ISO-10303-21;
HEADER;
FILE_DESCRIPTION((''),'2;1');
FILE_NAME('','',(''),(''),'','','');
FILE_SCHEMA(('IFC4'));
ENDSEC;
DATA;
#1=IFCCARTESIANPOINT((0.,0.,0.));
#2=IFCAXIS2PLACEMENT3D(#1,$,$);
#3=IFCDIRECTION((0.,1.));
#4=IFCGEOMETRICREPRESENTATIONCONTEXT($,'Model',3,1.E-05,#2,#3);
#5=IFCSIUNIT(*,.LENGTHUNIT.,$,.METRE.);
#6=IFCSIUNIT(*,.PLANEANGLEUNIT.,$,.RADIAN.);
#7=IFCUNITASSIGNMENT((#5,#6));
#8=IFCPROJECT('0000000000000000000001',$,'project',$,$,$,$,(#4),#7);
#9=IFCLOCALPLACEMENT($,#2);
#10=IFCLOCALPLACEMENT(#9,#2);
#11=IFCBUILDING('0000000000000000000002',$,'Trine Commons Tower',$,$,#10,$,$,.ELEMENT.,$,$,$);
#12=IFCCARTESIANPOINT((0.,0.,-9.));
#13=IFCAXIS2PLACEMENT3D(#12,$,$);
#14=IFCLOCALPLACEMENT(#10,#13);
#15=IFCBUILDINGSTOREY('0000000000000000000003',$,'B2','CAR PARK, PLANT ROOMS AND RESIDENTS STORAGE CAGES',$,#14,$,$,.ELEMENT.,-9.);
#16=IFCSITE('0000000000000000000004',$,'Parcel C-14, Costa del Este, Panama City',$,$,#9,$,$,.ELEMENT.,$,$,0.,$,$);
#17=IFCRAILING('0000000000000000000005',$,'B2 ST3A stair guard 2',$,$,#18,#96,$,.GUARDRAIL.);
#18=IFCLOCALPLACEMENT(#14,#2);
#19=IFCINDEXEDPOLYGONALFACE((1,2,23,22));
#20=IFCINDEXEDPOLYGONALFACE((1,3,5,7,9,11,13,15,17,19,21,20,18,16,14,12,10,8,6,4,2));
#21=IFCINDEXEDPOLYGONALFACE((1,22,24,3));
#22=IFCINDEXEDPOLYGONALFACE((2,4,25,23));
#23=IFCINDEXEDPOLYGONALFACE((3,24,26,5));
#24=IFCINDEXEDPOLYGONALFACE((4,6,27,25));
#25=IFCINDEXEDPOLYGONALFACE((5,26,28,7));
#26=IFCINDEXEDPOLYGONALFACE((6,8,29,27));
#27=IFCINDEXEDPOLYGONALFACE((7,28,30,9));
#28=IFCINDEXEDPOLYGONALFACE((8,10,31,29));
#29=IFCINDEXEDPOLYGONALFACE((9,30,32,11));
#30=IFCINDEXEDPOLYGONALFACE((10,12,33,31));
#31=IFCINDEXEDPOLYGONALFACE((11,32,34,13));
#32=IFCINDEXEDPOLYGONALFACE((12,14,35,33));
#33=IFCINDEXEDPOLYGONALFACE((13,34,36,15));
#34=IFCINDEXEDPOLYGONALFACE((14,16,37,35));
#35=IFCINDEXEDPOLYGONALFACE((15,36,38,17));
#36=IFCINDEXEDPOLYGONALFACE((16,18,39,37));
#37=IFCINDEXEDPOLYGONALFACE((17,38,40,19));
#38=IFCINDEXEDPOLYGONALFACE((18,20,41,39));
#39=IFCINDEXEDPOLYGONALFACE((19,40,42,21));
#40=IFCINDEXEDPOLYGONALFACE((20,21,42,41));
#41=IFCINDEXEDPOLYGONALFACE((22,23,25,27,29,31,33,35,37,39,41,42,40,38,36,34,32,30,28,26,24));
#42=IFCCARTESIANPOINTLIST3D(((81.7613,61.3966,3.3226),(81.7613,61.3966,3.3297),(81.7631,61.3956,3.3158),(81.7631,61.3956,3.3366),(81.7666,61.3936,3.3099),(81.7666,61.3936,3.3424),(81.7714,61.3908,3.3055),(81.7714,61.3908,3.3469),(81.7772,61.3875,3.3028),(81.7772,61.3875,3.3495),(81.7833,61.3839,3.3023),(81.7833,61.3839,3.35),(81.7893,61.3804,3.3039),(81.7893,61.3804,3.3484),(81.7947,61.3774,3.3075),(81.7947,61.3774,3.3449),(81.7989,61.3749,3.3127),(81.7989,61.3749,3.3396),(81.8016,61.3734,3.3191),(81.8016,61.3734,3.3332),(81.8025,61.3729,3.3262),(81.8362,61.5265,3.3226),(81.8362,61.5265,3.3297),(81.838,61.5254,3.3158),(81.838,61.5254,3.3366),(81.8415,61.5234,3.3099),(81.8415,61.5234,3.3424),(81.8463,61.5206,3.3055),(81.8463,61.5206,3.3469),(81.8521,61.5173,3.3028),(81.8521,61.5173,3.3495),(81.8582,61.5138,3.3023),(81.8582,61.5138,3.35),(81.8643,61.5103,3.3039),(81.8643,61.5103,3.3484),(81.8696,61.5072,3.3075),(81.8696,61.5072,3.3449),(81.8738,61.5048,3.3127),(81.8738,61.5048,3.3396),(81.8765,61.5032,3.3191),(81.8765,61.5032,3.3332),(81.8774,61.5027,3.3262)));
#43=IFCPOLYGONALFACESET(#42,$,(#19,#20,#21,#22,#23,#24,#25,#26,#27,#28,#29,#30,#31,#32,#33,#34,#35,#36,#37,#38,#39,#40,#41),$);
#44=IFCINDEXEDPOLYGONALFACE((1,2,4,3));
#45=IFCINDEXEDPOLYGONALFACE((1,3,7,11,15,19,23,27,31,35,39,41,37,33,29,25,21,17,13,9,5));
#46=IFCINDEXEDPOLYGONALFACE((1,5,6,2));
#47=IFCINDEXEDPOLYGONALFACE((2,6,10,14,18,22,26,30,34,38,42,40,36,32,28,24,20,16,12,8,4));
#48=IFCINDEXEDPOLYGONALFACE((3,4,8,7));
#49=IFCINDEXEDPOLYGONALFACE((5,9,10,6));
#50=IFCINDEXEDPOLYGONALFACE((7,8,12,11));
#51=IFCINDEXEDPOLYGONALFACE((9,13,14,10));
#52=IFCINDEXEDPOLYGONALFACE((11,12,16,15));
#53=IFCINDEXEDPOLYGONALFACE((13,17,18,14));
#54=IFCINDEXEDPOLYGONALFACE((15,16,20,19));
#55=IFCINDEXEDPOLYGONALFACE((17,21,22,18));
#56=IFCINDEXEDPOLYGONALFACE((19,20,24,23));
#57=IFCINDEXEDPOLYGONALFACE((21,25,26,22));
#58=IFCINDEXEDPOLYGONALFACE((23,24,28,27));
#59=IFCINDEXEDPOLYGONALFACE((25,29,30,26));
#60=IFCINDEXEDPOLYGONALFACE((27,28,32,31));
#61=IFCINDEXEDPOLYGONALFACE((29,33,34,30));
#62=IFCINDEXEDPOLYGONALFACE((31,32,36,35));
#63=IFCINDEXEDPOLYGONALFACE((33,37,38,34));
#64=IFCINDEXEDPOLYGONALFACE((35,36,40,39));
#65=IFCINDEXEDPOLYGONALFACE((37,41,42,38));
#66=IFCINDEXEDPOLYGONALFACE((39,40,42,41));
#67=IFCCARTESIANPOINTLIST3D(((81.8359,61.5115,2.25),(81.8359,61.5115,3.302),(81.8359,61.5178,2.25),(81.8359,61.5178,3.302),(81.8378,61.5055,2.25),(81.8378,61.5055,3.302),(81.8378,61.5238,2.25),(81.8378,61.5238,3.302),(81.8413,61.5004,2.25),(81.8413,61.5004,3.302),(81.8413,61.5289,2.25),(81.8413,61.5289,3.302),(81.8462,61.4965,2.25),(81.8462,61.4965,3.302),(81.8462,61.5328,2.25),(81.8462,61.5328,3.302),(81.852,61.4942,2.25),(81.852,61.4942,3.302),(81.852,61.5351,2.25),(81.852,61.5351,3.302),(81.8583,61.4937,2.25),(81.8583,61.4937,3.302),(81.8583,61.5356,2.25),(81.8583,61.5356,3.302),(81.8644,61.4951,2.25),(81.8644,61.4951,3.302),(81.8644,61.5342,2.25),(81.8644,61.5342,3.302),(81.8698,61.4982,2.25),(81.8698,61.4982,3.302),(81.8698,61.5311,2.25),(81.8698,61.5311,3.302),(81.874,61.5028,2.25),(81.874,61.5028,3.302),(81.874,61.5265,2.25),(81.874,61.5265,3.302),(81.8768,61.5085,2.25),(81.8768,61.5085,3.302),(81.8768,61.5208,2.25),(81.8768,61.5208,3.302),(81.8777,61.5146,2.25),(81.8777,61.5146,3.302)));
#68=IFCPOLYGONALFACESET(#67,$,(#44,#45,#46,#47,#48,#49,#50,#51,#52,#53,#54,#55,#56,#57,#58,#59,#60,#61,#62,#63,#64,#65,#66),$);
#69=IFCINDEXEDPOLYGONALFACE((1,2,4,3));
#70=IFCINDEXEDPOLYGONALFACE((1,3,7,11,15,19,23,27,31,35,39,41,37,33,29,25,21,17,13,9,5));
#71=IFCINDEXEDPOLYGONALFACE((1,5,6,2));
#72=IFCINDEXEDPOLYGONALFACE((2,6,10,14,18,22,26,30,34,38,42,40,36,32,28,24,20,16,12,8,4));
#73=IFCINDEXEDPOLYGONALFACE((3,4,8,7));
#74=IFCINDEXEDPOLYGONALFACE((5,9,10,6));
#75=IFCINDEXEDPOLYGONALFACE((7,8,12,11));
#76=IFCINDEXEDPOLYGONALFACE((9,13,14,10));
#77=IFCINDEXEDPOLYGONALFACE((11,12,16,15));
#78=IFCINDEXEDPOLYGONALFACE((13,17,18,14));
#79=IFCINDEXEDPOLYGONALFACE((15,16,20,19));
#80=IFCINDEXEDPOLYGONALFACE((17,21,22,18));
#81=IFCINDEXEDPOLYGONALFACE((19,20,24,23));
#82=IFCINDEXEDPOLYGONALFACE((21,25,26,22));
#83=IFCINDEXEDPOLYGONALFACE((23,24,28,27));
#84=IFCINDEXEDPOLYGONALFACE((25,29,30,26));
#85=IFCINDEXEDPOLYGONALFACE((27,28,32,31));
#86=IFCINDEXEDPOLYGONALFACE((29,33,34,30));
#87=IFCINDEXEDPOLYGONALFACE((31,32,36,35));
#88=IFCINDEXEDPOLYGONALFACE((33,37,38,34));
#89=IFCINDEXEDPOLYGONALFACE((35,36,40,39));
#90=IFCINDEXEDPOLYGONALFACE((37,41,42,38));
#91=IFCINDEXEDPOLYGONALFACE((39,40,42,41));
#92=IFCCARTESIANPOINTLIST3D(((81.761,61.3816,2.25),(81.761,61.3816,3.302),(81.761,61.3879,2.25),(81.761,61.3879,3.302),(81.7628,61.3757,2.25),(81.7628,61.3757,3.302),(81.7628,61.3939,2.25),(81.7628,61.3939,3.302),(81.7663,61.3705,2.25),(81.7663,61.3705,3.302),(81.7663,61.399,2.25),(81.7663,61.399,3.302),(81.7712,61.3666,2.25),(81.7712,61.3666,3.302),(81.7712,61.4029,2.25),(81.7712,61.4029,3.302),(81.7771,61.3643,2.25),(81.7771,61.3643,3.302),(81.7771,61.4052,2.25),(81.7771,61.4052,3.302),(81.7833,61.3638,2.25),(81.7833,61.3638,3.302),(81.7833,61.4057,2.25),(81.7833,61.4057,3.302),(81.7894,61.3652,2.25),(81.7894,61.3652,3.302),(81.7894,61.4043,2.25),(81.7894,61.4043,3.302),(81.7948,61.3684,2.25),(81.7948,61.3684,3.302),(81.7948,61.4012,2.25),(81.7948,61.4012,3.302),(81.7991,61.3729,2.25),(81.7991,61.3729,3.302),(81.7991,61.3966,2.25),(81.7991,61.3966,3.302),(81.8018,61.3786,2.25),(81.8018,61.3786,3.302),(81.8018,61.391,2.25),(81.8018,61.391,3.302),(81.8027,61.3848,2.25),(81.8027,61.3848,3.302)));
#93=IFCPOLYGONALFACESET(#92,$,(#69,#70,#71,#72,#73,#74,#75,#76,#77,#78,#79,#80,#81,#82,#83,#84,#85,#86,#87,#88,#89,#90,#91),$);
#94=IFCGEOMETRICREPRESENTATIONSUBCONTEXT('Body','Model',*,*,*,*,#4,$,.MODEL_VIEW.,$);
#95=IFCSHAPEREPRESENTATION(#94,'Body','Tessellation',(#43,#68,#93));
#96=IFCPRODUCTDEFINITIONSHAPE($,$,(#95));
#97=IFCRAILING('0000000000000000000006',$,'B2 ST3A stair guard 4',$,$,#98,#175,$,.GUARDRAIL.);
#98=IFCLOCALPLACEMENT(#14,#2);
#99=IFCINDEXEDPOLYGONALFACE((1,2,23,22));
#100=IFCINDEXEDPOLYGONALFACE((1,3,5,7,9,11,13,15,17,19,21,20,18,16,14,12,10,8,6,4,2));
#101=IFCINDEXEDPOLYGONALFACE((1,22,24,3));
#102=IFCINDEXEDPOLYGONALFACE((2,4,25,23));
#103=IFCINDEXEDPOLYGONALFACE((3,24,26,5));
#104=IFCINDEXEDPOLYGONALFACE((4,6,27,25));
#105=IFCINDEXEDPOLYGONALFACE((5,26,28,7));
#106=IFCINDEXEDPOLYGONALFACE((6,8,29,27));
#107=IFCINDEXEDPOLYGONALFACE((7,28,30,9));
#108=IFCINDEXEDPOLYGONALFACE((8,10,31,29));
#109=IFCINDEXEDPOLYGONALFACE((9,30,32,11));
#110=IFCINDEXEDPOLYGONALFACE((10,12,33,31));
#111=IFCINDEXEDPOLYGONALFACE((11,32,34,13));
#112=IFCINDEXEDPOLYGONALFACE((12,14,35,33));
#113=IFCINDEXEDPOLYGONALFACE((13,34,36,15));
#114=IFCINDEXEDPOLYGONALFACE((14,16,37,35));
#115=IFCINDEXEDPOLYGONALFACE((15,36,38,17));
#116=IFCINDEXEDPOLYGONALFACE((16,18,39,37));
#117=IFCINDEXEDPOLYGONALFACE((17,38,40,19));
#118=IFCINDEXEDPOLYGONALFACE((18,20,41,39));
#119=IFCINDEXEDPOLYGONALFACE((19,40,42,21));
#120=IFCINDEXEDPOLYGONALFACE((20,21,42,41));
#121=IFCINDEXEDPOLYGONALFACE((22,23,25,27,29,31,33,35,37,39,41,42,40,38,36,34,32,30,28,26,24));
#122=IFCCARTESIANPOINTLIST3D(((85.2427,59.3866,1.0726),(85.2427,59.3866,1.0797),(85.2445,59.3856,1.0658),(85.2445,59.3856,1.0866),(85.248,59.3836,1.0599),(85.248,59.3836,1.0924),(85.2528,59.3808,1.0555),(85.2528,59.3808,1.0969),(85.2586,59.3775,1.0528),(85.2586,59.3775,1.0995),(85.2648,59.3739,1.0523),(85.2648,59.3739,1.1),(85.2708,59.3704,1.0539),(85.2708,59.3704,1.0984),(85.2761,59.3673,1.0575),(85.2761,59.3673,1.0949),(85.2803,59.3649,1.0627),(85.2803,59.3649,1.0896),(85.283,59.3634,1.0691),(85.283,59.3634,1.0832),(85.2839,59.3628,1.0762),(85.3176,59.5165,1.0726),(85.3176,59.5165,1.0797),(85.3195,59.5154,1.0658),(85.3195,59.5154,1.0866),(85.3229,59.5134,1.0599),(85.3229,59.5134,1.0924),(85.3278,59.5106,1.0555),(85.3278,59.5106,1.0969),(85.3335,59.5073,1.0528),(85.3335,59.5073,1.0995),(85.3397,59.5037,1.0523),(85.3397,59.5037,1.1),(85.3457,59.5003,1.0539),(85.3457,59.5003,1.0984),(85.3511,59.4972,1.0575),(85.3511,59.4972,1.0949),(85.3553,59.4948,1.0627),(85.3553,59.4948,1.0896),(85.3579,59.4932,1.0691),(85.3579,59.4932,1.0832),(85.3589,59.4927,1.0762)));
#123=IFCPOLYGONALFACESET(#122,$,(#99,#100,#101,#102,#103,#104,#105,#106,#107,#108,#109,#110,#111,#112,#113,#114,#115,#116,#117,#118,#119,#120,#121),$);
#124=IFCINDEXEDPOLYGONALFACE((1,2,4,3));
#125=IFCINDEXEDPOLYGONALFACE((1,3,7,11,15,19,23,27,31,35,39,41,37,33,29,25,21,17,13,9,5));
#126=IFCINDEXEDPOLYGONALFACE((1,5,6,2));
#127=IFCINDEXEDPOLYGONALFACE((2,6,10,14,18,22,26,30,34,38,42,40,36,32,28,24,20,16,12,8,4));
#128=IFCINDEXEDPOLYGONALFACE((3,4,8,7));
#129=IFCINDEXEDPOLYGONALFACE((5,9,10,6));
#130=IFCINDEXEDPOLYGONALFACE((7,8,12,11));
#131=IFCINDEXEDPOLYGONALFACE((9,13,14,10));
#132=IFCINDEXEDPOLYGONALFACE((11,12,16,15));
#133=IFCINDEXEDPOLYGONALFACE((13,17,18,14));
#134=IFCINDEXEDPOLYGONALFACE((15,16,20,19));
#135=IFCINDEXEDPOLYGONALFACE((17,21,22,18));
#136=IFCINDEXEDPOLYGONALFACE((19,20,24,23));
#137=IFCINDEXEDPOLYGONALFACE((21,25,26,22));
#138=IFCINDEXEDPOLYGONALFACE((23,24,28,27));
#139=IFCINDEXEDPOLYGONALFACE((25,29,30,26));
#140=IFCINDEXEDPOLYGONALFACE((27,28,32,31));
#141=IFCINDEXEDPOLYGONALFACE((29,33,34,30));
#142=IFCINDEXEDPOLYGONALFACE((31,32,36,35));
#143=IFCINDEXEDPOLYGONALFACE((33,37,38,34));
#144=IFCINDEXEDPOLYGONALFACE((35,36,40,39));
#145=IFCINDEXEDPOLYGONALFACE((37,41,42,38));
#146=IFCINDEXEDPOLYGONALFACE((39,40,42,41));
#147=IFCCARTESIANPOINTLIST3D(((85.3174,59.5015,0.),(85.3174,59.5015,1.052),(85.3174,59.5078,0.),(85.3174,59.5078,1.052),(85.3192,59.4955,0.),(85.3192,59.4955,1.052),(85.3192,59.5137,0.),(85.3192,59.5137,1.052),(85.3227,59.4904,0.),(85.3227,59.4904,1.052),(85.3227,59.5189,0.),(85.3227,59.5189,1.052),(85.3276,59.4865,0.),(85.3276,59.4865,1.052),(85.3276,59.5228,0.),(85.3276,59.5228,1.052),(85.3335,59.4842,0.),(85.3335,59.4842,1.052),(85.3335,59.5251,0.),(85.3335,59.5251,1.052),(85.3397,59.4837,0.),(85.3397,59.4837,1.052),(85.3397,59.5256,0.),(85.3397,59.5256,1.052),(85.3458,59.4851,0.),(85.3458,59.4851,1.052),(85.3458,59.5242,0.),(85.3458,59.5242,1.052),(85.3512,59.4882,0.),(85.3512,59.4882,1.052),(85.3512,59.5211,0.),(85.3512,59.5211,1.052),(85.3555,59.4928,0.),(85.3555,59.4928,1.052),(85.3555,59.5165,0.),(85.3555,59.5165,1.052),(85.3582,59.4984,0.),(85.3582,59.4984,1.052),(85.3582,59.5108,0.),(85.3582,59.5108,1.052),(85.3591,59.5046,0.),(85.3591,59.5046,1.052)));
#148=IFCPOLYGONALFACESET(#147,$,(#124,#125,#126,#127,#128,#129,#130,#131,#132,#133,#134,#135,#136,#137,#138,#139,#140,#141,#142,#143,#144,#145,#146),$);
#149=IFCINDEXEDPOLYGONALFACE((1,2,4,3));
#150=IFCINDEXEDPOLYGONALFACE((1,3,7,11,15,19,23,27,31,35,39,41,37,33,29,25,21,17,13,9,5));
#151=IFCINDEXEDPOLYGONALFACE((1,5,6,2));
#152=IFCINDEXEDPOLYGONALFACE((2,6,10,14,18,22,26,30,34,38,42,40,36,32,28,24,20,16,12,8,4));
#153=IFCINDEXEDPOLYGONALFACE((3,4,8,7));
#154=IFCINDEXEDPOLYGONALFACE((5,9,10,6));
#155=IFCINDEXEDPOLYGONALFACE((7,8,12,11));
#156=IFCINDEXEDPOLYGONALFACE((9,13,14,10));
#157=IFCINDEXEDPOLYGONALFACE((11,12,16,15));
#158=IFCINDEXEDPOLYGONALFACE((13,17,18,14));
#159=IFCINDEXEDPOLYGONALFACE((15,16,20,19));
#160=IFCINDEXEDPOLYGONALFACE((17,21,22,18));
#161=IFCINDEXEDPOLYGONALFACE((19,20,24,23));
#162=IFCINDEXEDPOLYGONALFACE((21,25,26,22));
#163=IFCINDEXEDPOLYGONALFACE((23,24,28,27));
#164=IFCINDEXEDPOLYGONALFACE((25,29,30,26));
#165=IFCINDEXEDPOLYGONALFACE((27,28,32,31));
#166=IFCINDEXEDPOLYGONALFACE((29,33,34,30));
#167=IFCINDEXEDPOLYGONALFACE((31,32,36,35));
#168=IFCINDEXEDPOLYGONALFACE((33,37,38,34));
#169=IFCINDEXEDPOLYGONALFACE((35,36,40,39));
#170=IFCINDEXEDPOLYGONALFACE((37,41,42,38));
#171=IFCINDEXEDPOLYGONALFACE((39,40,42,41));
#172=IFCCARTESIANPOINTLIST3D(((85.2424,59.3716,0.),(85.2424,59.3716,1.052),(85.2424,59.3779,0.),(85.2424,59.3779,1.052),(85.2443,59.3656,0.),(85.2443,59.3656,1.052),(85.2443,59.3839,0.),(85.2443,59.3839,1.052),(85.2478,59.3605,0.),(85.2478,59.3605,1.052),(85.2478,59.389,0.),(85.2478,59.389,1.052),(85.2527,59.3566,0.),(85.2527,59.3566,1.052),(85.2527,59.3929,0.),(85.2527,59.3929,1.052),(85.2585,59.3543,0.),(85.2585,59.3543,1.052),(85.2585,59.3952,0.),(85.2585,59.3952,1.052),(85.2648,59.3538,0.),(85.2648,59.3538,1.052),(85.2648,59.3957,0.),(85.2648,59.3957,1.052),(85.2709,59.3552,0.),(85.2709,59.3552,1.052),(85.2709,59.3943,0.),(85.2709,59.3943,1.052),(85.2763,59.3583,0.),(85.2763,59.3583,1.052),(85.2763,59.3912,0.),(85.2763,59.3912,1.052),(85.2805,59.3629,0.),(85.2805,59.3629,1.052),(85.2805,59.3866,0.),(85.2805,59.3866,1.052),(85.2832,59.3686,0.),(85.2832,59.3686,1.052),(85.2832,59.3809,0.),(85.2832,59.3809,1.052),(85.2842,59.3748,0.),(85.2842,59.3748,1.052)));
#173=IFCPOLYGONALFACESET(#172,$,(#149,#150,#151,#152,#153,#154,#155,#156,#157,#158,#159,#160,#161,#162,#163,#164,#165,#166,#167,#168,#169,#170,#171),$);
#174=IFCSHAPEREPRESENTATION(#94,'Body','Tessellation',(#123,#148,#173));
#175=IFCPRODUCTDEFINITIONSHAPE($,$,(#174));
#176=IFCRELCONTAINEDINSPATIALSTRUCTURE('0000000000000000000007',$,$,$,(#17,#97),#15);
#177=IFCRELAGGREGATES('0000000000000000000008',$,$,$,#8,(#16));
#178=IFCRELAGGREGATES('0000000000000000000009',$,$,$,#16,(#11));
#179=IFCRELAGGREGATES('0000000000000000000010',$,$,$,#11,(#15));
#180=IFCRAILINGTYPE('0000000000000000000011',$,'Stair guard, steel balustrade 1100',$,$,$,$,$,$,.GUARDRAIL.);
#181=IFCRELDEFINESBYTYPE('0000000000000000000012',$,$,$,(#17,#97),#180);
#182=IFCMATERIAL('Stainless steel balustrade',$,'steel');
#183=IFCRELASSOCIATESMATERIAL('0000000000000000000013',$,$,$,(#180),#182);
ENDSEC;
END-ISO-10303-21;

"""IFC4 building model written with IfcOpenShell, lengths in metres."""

from ifc_helpers import new_model, si_unit, direction, frame, origin, origin_2d, place, context, subcontext, project, spatial, circle, extrude, material, type_object, element, save


model = new_model("IFC4")

# Units and contexts
model_context = context("Model", 3, precision=1e-05, world=origin(), true_north=direction((0.0, 1.0)))
body_context = subcontext(model_context, "Body", "Model", "MODEL_VIEW")
ifc_project = project(units=[si_unit("LENGTHUNIT", "METRE"), si_unit("PLANEANGLEUNIT", "RADIAN")], contexts=[model_context])

# Site, building, storey
site_placement = place(None, origin())
site = spatial("IfcSite", under=ifc_project, at=site_placement, Name="Parcel C-14, Costa del Este, Panama City", CompositionType="ELEMENT", RefElevation=0.0)
building_placement = place(site_placement, origin())
building = spatial("IfcBuilding", under=site, at=building_placement, Name="Trine Commons Tower", CompositionType="ELEMENT")
storey_placement = place(building_placement, frame((0.0, 0.0, -9.0)))
storey = spatial("IfcBuildingStorey", under=building, at=storey_placement, Name="B2", Description="CAR PARK, PLANT ROOMS AND RESIDENTS STORAGE CAGES", CompositionType="ELEMENT", Elevation=-9.0)

# Railings
ifc_material_1 = material(Name="Stainless steel balustrade", Category="steel")
railing_type_1 = type_object("IfcRailingType", Name="Stair guard, steel balustrade 1100", PredefinedType="GUARDRAIL", material=ifc_material_1)
railing_1_placement = place(storey_placement, frame((81.8567, 61.5146, 2.25)))
element("IfcRailing", 1, at=railing_1_placement, inside=storey, type_object=railing_type_1, Name="B2 ST3A stair guard 2", PredefinedType="GUARDRAIL", context=body_context, shape_type="SweptSolid", body=[
    extrude(circle(Radius=0.0239, at=origin_2d()), frame((0.0, 0.0, 1.0762), z_axis=(-0.499816, -0.866131, 0.0), x_axis=(0.866131, -0.499816, 0.0)), (0.0, 0.0, 1.0), 0.1499),
    extrude(circle(Radius=0.021, at=origin_2d()), origin(), (0.0, 0.0, 1.0), 1.052),
    extrude(circle(Radius=0.021, at=origin_2d()), frame((-0.075, -0.1299, 0.0)), (0.0, 0.0, 1.0), 1.052),
])
railing_2_placement = place(storey_placement, frame((85.3381, 59.5046, 0.0)))
element("IfcRailing", 2, at=railing_2_placement, inside=storey, type_object=railing_type_1, Name="B2 ST3A stair guard 4", PredefinedType="GUARDRAIL", context=body_context, shape_type="SweptSolid", body=[
    extrude(circle(Radius=0.0239, at=origin_2d()), frame((0.0, 0.0, 1.0762), z_axis=(-0.499816, -0.866131, 0.0), x_axis=(0.866131, -0.499816, 0.0)), (0.0, 0.0, 1.0), 0.1499),
    extrude(circle(Radius=0.021, at=origin_2d()), origin(), (0.0, 0.0, 1.0), 1.052),
    extrude(circle(Radius=0.021, at=origin_2d()), frame((-0.075, -0.1299, 0.0)), (0.0, 0.0, 1.0), 1.052),
])

save(model, "model.ifc")
